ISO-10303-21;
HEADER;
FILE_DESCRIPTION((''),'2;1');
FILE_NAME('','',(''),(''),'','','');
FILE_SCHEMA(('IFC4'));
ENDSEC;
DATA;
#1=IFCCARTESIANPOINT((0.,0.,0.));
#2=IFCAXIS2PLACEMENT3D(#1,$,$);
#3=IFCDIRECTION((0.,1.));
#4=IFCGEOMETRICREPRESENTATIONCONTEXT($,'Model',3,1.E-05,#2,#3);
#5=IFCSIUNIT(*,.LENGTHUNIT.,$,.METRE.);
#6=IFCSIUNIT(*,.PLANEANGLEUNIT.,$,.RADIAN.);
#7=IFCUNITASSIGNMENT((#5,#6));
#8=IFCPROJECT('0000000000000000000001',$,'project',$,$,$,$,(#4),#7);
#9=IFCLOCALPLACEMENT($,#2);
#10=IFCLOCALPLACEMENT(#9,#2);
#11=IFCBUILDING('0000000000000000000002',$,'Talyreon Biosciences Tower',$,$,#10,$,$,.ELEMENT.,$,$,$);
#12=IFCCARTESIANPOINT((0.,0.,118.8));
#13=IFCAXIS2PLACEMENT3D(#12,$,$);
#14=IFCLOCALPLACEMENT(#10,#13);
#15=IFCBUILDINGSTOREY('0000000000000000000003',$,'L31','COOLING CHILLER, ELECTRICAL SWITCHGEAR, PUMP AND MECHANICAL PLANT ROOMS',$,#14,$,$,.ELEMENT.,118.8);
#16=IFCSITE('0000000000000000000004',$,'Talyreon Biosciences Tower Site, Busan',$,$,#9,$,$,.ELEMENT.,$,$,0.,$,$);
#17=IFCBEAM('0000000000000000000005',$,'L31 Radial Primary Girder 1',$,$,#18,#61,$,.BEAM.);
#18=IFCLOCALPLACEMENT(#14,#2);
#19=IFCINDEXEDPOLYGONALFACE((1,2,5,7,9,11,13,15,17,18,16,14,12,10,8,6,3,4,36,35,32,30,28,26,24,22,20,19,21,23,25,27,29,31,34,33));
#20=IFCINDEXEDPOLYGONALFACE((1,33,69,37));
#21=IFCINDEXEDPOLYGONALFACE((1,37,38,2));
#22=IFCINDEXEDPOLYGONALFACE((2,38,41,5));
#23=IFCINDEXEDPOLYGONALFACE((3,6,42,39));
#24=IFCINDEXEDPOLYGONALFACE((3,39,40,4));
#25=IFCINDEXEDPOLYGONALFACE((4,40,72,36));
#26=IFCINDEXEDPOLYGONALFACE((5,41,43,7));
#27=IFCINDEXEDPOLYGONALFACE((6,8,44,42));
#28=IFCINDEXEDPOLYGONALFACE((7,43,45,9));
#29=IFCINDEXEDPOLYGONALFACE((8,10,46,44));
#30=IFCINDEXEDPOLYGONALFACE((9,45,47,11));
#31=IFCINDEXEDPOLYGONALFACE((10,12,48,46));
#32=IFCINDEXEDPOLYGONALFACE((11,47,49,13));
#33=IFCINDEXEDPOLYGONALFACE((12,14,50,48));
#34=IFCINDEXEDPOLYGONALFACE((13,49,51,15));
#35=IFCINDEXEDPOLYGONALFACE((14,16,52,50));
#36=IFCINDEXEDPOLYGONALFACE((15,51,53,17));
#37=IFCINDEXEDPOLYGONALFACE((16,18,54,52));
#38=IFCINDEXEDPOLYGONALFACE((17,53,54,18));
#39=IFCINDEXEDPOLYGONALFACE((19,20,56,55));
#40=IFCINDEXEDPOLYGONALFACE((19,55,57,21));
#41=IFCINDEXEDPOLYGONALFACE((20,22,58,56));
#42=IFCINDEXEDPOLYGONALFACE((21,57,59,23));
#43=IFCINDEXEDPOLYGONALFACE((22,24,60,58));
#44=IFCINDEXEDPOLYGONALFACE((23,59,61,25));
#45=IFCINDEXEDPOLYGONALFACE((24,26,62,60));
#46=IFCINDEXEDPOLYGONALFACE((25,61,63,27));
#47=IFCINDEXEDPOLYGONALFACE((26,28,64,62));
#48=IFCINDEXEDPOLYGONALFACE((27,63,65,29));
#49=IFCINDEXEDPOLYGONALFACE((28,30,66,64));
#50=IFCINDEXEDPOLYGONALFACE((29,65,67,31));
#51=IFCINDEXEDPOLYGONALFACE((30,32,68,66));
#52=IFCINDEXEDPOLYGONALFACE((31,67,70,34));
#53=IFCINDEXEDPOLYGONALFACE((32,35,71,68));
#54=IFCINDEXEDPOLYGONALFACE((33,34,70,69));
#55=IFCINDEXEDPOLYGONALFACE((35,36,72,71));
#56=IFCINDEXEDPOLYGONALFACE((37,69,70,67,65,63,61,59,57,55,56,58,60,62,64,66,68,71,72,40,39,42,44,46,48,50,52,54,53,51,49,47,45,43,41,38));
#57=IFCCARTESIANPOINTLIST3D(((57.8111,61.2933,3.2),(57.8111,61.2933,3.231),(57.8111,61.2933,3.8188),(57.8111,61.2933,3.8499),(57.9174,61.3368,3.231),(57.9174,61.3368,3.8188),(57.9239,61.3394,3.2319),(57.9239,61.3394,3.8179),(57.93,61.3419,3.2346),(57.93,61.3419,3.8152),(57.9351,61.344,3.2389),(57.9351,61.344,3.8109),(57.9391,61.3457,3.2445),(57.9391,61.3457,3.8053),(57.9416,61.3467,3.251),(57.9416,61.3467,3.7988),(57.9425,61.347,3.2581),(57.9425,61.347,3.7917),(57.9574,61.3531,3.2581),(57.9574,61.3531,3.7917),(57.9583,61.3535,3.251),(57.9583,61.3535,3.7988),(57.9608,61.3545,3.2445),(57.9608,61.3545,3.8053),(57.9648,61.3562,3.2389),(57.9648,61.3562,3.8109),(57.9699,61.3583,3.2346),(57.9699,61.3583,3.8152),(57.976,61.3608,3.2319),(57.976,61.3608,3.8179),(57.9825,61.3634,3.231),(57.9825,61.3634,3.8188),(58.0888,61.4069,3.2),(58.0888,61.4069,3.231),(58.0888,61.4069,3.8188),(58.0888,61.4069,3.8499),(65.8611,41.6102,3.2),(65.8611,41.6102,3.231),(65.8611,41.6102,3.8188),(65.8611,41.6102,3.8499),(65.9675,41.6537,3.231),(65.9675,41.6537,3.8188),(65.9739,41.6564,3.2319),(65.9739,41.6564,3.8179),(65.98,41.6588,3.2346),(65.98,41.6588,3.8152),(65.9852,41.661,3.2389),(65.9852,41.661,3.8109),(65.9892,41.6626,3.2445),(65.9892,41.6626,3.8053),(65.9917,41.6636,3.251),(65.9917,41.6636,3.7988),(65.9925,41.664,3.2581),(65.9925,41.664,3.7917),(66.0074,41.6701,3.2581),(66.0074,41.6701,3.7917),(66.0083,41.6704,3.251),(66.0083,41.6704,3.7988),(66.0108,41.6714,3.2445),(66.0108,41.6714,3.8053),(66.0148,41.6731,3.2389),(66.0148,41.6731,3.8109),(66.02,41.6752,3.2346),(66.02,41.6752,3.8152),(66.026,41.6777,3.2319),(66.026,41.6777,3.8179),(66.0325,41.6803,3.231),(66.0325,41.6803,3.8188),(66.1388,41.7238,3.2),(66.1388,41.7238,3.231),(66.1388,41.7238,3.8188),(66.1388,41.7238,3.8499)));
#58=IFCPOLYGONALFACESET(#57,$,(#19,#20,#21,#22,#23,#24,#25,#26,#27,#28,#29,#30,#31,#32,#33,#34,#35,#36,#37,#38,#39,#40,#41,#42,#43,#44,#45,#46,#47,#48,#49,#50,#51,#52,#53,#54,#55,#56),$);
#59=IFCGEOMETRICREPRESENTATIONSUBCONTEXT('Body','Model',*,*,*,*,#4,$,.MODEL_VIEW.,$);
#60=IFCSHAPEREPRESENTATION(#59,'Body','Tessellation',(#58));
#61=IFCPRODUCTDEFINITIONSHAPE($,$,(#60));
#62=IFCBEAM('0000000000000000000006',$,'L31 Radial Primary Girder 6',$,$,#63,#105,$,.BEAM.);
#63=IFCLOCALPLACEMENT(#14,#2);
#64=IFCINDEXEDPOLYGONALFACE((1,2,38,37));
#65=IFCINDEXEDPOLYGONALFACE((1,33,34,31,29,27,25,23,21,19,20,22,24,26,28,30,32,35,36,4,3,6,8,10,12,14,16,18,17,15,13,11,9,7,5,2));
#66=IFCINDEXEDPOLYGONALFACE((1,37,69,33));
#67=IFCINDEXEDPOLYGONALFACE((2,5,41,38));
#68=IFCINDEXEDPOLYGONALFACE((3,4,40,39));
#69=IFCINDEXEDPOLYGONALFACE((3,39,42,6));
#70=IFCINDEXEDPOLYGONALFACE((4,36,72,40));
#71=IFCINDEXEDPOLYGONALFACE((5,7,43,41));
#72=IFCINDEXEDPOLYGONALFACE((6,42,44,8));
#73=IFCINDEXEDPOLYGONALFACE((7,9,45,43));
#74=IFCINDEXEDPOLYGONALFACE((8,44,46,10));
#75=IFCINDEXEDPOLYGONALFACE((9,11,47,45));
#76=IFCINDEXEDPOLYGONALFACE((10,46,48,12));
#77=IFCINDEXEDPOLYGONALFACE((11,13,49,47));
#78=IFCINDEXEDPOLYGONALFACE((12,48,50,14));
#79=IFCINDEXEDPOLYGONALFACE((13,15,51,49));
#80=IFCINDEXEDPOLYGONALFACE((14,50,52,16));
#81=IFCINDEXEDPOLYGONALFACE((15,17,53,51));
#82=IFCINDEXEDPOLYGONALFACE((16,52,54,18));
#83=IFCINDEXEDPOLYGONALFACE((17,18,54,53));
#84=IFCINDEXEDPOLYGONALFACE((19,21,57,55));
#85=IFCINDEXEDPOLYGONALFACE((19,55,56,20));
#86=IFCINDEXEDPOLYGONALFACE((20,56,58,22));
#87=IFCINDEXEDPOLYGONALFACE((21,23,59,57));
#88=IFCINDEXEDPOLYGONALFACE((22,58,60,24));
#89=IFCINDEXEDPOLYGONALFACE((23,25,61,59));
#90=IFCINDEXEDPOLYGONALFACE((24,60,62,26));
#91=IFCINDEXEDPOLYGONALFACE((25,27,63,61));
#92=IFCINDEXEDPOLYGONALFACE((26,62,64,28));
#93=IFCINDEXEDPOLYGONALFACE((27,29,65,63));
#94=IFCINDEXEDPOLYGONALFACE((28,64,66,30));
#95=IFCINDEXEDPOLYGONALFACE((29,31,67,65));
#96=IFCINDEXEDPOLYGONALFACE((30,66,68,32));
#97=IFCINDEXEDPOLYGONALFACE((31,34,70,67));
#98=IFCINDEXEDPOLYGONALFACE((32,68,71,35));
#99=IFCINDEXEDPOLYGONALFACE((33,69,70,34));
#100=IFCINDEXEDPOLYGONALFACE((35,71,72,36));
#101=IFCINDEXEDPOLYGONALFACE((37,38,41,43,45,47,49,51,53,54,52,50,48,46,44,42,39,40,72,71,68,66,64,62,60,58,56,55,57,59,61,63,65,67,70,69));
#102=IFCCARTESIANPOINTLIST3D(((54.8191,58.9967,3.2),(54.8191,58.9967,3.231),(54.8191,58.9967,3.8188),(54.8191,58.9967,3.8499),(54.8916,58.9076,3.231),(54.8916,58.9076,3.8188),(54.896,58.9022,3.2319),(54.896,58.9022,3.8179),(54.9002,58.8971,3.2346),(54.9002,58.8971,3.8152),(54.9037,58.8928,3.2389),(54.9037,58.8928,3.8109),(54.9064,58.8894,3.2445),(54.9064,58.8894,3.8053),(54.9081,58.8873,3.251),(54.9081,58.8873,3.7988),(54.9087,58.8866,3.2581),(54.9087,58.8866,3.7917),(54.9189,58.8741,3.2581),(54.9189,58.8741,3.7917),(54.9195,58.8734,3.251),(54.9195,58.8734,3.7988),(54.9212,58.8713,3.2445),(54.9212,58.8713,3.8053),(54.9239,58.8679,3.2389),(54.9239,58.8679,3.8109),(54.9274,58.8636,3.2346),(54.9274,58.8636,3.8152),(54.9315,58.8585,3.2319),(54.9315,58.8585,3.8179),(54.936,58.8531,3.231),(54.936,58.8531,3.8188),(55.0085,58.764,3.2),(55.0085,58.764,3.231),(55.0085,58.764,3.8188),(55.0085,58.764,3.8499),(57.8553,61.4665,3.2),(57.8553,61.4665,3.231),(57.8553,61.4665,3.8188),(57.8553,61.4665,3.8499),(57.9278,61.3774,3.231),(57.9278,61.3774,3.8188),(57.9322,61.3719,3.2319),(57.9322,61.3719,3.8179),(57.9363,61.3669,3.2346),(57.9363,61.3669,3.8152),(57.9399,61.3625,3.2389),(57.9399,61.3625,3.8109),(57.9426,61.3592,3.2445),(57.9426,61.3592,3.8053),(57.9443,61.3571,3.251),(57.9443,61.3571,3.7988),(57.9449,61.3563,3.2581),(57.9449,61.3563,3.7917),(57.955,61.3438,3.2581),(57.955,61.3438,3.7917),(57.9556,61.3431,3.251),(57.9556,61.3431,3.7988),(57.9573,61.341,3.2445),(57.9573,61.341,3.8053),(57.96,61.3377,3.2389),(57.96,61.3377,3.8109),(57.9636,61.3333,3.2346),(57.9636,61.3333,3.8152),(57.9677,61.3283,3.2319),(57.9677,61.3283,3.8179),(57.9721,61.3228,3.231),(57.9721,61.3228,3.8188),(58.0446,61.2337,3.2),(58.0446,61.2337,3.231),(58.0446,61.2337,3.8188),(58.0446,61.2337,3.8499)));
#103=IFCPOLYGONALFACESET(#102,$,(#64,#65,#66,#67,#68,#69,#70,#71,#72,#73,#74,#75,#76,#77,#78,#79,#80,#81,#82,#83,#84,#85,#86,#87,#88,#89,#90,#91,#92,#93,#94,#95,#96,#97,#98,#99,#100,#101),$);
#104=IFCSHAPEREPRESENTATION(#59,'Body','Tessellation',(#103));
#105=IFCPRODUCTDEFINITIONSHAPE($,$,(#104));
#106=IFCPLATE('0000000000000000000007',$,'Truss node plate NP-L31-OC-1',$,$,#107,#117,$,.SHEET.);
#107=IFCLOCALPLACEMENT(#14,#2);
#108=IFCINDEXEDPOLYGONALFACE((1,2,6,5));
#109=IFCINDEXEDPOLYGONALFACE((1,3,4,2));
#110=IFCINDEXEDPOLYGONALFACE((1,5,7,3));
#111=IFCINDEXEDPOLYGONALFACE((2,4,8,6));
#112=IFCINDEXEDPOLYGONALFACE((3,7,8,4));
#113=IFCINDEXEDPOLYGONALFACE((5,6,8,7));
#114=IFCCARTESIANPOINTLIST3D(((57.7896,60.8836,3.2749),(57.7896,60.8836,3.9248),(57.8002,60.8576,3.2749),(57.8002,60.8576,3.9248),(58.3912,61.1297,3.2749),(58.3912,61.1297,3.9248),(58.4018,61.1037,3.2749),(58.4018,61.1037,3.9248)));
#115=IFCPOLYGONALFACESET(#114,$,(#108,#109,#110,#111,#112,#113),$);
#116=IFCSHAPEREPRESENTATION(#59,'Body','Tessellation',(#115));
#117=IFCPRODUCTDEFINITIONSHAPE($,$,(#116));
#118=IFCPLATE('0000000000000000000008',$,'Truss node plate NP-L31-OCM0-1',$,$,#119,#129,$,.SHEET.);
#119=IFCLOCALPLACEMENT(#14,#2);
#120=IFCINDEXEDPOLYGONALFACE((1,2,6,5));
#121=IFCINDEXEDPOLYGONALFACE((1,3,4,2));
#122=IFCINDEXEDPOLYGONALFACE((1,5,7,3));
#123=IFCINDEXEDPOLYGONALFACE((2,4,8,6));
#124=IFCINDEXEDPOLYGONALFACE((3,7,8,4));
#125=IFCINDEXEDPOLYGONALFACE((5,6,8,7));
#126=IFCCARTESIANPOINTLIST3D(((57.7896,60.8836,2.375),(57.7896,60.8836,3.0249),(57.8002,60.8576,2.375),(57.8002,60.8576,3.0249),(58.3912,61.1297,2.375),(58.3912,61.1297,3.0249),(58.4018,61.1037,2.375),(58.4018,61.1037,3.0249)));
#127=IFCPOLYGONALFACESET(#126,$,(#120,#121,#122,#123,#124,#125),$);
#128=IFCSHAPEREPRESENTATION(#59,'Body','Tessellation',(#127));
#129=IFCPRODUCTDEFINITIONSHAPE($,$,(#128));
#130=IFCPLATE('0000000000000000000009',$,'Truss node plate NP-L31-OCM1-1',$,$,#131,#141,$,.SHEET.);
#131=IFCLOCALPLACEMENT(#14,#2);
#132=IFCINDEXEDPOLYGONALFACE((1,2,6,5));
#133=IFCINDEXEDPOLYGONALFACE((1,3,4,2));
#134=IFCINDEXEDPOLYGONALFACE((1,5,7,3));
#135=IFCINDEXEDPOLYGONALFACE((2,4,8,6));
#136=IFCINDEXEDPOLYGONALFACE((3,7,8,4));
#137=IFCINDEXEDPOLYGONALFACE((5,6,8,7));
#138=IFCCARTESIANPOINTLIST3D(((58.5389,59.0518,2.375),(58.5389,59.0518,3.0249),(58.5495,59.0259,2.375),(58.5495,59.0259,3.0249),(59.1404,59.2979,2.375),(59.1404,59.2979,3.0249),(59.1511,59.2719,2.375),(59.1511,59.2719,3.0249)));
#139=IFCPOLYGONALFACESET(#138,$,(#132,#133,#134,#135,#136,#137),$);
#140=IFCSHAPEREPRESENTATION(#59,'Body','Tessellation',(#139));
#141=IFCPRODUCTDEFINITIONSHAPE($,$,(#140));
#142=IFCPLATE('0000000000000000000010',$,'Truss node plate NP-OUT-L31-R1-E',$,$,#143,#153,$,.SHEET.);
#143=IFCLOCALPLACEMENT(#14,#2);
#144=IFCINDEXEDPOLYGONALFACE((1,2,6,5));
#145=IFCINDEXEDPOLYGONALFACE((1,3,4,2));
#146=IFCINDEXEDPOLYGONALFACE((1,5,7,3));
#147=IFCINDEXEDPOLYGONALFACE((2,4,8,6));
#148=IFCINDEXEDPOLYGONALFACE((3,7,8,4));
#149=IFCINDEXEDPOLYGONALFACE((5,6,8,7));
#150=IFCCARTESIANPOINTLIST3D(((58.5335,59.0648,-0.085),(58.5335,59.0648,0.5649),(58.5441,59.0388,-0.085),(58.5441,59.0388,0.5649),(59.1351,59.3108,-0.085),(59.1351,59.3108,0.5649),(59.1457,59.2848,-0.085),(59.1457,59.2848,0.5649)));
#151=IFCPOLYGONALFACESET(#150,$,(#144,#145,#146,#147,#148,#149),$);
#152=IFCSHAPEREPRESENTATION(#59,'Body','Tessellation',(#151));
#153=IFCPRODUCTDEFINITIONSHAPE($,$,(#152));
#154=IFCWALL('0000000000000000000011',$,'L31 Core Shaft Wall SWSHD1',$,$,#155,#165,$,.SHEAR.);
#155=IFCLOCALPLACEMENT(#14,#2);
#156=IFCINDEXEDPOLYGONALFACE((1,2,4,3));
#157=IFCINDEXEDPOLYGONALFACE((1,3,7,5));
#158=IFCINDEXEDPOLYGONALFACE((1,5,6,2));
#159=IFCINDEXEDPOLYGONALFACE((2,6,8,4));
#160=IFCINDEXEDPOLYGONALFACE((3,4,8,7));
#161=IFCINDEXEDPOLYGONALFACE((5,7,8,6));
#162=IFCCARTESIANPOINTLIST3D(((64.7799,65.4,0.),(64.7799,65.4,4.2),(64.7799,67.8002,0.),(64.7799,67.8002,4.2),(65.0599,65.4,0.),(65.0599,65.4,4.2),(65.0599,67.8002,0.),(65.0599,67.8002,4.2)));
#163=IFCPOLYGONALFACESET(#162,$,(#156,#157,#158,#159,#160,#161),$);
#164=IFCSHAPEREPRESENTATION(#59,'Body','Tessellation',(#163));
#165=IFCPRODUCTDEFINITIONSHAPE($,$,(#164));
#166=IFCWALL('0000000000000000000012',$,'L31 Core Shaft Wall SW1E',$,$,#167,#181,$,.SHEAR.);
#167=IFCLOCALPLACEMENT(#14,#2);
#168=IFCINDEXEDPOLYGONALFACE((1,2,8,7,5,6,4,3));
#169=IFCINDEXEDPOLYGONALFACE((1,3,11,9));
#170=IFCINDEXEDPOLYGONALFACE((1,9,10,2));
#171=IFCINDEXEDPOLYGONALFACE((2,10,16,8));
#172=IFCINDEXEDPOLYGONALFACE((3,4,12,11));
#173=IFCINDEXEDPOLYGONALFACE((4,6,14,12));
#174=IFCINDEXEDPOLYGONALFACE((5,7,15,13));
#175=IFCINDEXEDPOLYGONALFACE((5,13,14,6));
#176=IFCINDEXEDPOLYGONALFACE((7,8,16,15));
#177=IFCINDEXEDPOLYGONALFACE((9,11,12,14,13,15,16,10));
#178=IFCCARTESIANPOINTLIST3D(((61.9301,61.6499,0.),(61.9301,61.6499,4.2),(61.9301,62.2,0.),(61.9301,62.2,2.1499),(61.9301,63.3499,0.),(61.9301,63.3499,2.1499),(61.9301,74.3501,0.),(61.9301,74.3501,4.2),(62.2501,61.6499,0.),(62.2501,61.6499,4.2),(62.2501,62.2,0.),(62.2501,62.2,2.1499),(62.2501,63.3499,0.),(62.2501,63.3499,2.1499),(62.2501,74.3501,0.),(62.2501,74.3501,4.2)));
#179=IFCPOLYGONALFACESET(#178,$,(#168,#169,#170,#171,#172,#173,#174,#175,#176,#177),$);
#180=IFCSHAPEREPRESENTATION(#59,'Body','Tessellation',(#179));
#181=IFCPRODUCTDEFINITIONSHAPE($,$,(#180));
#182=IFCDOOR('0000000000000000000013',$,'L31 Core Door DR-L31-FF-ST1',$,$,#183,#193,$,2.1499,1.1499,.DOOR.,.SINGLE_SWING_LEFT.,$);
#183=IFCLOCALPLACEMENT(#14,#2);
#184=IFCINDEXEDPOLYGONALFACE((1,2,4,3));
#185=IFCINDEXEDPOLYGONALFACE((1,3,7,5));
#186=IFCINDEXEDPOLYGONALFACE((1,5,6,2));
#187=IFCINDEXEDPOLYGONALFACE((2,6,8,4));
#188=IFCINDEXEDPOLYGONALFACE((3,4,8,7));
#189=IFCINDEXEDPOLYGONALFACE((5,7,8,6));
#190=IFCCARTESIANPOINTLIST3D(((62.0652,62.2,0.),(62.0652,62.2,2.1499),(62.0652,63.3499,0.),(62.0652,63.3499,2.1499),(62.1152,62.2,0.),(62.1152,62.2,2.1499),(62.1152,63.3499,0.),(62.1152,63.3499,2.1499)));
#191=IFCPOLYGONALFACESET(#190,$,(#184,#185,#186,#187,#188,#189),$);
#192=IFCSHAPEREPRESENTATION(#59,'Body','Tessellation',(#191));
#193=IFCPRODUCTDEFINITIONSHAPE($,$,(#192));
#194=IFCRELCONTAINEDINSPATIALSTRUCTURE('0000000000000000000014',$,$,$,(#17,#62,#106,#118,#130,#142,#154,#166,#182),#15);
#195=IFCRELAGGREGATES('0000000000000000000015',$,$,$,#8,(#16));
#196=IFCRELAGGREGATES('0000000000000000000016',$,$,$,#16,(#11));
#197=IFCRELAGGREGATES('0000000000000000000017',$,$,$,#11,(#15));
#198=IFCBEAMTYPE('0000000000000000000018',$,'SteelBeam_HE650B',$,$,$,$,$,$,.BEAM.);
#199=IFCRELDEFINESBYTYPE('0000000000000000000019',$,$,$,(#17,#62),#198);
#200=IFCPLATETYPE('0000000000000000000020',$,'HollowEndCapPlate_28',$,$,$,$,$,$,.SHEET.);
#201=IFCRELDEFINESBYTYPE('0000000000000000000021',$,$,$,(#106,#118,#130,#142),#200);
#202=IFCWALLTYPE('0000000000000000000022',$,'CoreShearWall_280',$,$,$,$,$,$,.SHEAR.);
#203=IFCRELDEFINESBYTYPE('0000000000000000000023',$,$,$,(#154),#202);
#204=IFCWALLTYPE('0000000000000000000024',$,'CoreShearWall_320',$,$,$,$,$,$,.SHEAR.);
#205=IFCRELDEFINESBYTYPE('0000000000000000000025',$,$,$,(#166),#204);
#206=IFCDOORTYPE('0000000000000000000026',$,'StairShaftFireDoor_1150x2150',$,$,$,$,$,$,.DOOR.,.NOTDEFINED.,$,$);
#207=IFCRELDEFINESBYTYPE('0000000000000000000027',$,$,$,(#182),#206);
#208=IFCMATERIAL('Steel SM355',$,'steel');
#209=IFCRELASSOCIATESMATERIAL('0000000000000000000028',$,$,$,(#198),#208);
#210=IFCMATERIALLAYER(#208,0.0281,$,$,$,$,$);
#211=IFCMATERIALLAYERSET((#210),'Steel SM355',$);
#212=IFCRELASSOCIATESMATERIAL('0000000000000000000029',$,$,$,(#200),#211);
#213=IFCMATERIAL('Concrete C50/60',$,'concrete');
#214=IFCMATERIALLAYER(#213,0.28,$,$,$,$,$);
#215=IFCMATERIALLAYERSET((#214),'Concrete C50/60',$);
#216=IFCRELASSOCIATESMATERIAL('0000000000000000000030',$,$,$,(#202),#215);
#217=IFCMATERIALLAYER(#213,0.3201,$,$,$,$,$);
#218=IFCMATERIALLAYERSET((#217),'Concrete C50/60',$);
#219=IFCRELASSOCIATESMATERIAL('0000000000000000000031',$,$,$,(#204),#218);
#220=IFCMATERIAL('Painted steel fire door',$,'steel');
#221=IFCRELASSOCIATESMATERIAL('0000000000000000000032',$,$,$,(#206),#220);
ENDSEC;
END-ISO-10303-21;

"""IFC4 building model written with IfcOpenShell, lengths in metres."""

from ifc_helpers import new_model, si_unit, direction, frame, frame_2d, origin, origin_2d, place, context, subcontext, project, spatial, rectangle, i_section, extrude, material, layer, layer_set, material_profile, profile_set, type_object, element, fill, save


model = new_model("IFC4")

# Units and contexts
model_context = context("Model", 3, precision=1e-05, world=origin(), true_north=direction((0.0, 1.0)))
body_context = subcontext(model_context, "Body", "Model", "MODEL_VIEW")
ifc_project = project(units=[si_unit("LENGTHUNIT", "METRE"), si_unit("PLANEANGLEUNIT", "RADIAN")], contexts=[model_context])

# Site, building, storey
site_placement = place(None, origin())
site = spatial("IfcSite", under=ifc_project, at=site_placement, Name="Talyreon Biosciences Tower Site, Busan", CompositionType="ELEMENT", RefElevation=0.0)
building_placement = place(site_placement, origin())
building = spatial("IfcBuilding", under=site, at=building_placement, Name="Talyreon Biosciences Tower", CompositionType="ELEMENT")
storey_placement = place(building_placement, frame((0.0, 0.0, 118.8)))
storey = spatial("IfcBuildingStorey", under=building, at=storey_placement, Name="L31", Description="COOLING CHILLER, ELECTRICAL SWITCHGEAR, PUMP AND MECHANICAL PLANT ROOMS", CompositionType="ELEMENT", Elevation=118.8)

# Shared definitions
ifc_material_1 = material(Name="Concrete C50/60", Category="concrete")

# Shared definitions
ifc_material_2 = material(Name="Steel SM355", Category="steel")

# Beams
ifc_material_profile_1 = material_profile(ifc_material_2, i_section(OverallWidth=0.3, OverallDepth=0.6499, WebThickness=0.0161, FlangeThickness=0.031, FilletRadius=0.0271, at=origin_2d()), Name="HE650B")
ifc_profile_set_1 = profile_set([ifc_material_profile_1], Name="Steel SM355")
beam_type = type_object("IfcBeamType", Name="SteelBeam_HE650B", PredefinedType="BEAM", material=ifc_profile_set_1)
beam_1_placement = place(storey_placement, frame((57.95, 61.3501, 3.5249), z_axis=(0.378547, -0.925582, 0.0), x_axis=(0.925582, 0.378547, 0.0)))
element("IfcBeam", 1, at=beam_1_placement, inside=storey, type_object=beam_type, Name="L31 Radial Primary Girder 1", PredefinedType="BEAM", context=body_context, shape_type="SweptSolid", body=[
    extrude(i_section(OverallWidth=0.3, OverallDepth=0.6499, WebThickness=0.0161, FlangeThickness=0.031, FilletRadius=0.0271, at=origin_2d()), origin(), (0.0, 0.0, 1.0), 21.2656),
])
beam_2_placement = place(storey_placement, frame((57.95, 61.3501, 3.5249), z_axis=(-0.775755, -0.631034, 0.0), x_axis=(0.631034, -0.775755, 0.0)))
element("IfcBeam", 2, at=beam_2_placement, inside=storey, type_object=beam_type, Name="L31 Radial Primary Girder 6", PredefinedType="BEAM", context=body_context, shape_type="SweptSolid", body=[
    extrude(i_section(OverallWidth=0.3, OverallDepth=0.6499, WebThickness=0.0161, FlangeThickness=0.031, FilletRadius=0.0271, at=origin_2d()), origin(), (0.0, 0.0, 1.0), 3.9138),
])

# Plates
ifc_layer_1 = layer(ifc_material_2, 0.0281)
ifc_layer_set_1 = layer_set([ifc_layer_1], Name="Steel SM355")
plate_type = type_object("IfcPlateType", Name="HollowEndCapPlate_28", PredefinedType="SHEET", material=ifc_layer_set_1)
for number, where, z_axis, x_axis, name in (
    (3, (58.0957, 60.9937, 3.2749), (0.0, 0.0, 1.0), (0.92558, 0.378552, 0.0), "Truss node plate NP-L31-OC-1"),
    (4, (58.0957, 60.9937, 2.375), (0.0, 0.0, 1.0), (0.92558, 0.378552, 0.0), "Truss node plate NP-L31-OCM0-1"),
    (5, (58.845, 59.1619, 2.375), (0.0, 0.0, 1.0), (0.92558, 0.378552, 0.0), "Truss node plate NP-L31-OCM1-1"),
    (6, (58.8396, 59.1748, -0.085), (0.0, 0.0, 1.0), (0.92558, 0.378552, 0.0), "Truss node plate NP-OUT-L31-R1-E"),
):
    element("IfcPlate", number, at=place(storey_placement, frame(where, z_axis=z_axis, x_axis=x_axis)), inside=storey, type_object=plate_type, Name=name, PredefinedType="SHEET", context=body_context, shape_type="SweptSolid", body=[
        extrude(rectangle(XDim=0.6499, YDim=0.0281, at=origin_2d()), origin(), (0.0, 0.0, 1.0), 0.6499),
    ])

# Wall
ifc_layer_2 = layer(ifc_material_1, 0.28)
ifc_layer_set_2 = layer_set([ifc_layer_2], Name="Concrete C50/60")
wall_type_1 = type_object("IfcWallType", Name="CoreShearWall_280", PredefinedType="SHEAR", material=ifc_layer_set_2)
wall_1_placement = place(storey_placement, frame((64.9199, 65.3999, 0.0), z_axis=(0.0, 0.0, 1.0), x_axis=(0.0, 1.0, 0.0)))
element("IfcWall", 7, at=wall_1_placement, inside=storey, type_object=wall_type_1, Name="L31 Core Shaft Wall SWSHD1", PredefinedType="SHEAR", context=body_context, shape_type="SweptSolid", body=[
    extrude(rectangle(XDim=2.4001, YDim=0.28, at=frame_2d((1.2002, 0.0))), origin(), (0.0, 0.0, 1.0), 4.2),
])

# Wall, opening, door
ifc_layer_3 = layer(ifc_material_1, 0.3201)
ifc_layer_set_3 = layer_set([ifc_layer_3], Name="Concrete C50/60")
wall_type_2 = type_object("IfcWallType", Name="CoreShearWall_320", PredefinedType="SHEAR", material=ifc_layer_set_3)
wall_2_placement = place(storey_placement, frame((62.0901, 61.6499, 0.0), z_axis=(0.0, 0.0, 1.0), x_axis=(0.0, 1.0, 0.0)))
wall_2 = element("IfcWall", 8, at=wall_2_placement, inside=storey, type_object=wall_type_2, Name="L31 Core Shaft Wall SW1E", PredefinedType="SHEAR", context=body_context, shape_type="SweptSolid", body=[
    extrude(rectangle(XDim=12.7002, YDim=0.3201, at=frame_2d((6.3501, 0.0))), origin(), (0.0, 0.0, 1.0), 4.2),
])
opening_1_placement = place(wall_2_placement, frame((0.55, 0.0, 0.0)))
opening_1 = element("IfcOpeningElement", 9, at=opening_1_placement, cuts=wall_2, PredefinedType="OPENING", context=body_context, shape_type="SweptSolid", body=[
    extrude(rectangle(XDim=1.1499, YDim=2.1499, at=frame_2d((0.575, 1.075))), frame((0.0, 0.1699, 0.0), z_axis=(0.0, -1.0, 0.0), x_axis=(1.0, 0.0, 0.0)), (0.0, 0.0, 1.0), 0.3401),
])
ifc_material_3 = material(Name="Painted steel fire door", Category="steel")
door_type_1 = type_object("IfcDoorType", Name="StairShaftFireDoor_1150x2150", OperationType="NOTDEFINED", PredefinedType="DOOR", material=ifc_material_3)
door_1_placement = place(opening_1_placement, origin())
door_1 = element("IfcDoor", 10, at=door_1_placement, inside=storey, type_object=door_type_1, Name="L31 Core Door DR-L31-FF-ST1", OperationType="SINGLE_SWING_LEFT", OverallHeight=2.1499, OverallWidth=1.1499, PredefinedType="DOOR", context=body_context, shape_type="SweptSolid", body=[
    extrude(rectangle(XDim=1.1499, YDim=2.1499, at=frame_2d((0.575, 1.075))), frame((0.0, 0.0249, 0.0), z_axis=(0.0, -1.0, 0.0), x_axis=(1.0, 0.0, 0.0)), (0.0, 0.0, 1.0), 0.05),
])
fill(opening_1, door_1)

save(model, "model.ifc")
